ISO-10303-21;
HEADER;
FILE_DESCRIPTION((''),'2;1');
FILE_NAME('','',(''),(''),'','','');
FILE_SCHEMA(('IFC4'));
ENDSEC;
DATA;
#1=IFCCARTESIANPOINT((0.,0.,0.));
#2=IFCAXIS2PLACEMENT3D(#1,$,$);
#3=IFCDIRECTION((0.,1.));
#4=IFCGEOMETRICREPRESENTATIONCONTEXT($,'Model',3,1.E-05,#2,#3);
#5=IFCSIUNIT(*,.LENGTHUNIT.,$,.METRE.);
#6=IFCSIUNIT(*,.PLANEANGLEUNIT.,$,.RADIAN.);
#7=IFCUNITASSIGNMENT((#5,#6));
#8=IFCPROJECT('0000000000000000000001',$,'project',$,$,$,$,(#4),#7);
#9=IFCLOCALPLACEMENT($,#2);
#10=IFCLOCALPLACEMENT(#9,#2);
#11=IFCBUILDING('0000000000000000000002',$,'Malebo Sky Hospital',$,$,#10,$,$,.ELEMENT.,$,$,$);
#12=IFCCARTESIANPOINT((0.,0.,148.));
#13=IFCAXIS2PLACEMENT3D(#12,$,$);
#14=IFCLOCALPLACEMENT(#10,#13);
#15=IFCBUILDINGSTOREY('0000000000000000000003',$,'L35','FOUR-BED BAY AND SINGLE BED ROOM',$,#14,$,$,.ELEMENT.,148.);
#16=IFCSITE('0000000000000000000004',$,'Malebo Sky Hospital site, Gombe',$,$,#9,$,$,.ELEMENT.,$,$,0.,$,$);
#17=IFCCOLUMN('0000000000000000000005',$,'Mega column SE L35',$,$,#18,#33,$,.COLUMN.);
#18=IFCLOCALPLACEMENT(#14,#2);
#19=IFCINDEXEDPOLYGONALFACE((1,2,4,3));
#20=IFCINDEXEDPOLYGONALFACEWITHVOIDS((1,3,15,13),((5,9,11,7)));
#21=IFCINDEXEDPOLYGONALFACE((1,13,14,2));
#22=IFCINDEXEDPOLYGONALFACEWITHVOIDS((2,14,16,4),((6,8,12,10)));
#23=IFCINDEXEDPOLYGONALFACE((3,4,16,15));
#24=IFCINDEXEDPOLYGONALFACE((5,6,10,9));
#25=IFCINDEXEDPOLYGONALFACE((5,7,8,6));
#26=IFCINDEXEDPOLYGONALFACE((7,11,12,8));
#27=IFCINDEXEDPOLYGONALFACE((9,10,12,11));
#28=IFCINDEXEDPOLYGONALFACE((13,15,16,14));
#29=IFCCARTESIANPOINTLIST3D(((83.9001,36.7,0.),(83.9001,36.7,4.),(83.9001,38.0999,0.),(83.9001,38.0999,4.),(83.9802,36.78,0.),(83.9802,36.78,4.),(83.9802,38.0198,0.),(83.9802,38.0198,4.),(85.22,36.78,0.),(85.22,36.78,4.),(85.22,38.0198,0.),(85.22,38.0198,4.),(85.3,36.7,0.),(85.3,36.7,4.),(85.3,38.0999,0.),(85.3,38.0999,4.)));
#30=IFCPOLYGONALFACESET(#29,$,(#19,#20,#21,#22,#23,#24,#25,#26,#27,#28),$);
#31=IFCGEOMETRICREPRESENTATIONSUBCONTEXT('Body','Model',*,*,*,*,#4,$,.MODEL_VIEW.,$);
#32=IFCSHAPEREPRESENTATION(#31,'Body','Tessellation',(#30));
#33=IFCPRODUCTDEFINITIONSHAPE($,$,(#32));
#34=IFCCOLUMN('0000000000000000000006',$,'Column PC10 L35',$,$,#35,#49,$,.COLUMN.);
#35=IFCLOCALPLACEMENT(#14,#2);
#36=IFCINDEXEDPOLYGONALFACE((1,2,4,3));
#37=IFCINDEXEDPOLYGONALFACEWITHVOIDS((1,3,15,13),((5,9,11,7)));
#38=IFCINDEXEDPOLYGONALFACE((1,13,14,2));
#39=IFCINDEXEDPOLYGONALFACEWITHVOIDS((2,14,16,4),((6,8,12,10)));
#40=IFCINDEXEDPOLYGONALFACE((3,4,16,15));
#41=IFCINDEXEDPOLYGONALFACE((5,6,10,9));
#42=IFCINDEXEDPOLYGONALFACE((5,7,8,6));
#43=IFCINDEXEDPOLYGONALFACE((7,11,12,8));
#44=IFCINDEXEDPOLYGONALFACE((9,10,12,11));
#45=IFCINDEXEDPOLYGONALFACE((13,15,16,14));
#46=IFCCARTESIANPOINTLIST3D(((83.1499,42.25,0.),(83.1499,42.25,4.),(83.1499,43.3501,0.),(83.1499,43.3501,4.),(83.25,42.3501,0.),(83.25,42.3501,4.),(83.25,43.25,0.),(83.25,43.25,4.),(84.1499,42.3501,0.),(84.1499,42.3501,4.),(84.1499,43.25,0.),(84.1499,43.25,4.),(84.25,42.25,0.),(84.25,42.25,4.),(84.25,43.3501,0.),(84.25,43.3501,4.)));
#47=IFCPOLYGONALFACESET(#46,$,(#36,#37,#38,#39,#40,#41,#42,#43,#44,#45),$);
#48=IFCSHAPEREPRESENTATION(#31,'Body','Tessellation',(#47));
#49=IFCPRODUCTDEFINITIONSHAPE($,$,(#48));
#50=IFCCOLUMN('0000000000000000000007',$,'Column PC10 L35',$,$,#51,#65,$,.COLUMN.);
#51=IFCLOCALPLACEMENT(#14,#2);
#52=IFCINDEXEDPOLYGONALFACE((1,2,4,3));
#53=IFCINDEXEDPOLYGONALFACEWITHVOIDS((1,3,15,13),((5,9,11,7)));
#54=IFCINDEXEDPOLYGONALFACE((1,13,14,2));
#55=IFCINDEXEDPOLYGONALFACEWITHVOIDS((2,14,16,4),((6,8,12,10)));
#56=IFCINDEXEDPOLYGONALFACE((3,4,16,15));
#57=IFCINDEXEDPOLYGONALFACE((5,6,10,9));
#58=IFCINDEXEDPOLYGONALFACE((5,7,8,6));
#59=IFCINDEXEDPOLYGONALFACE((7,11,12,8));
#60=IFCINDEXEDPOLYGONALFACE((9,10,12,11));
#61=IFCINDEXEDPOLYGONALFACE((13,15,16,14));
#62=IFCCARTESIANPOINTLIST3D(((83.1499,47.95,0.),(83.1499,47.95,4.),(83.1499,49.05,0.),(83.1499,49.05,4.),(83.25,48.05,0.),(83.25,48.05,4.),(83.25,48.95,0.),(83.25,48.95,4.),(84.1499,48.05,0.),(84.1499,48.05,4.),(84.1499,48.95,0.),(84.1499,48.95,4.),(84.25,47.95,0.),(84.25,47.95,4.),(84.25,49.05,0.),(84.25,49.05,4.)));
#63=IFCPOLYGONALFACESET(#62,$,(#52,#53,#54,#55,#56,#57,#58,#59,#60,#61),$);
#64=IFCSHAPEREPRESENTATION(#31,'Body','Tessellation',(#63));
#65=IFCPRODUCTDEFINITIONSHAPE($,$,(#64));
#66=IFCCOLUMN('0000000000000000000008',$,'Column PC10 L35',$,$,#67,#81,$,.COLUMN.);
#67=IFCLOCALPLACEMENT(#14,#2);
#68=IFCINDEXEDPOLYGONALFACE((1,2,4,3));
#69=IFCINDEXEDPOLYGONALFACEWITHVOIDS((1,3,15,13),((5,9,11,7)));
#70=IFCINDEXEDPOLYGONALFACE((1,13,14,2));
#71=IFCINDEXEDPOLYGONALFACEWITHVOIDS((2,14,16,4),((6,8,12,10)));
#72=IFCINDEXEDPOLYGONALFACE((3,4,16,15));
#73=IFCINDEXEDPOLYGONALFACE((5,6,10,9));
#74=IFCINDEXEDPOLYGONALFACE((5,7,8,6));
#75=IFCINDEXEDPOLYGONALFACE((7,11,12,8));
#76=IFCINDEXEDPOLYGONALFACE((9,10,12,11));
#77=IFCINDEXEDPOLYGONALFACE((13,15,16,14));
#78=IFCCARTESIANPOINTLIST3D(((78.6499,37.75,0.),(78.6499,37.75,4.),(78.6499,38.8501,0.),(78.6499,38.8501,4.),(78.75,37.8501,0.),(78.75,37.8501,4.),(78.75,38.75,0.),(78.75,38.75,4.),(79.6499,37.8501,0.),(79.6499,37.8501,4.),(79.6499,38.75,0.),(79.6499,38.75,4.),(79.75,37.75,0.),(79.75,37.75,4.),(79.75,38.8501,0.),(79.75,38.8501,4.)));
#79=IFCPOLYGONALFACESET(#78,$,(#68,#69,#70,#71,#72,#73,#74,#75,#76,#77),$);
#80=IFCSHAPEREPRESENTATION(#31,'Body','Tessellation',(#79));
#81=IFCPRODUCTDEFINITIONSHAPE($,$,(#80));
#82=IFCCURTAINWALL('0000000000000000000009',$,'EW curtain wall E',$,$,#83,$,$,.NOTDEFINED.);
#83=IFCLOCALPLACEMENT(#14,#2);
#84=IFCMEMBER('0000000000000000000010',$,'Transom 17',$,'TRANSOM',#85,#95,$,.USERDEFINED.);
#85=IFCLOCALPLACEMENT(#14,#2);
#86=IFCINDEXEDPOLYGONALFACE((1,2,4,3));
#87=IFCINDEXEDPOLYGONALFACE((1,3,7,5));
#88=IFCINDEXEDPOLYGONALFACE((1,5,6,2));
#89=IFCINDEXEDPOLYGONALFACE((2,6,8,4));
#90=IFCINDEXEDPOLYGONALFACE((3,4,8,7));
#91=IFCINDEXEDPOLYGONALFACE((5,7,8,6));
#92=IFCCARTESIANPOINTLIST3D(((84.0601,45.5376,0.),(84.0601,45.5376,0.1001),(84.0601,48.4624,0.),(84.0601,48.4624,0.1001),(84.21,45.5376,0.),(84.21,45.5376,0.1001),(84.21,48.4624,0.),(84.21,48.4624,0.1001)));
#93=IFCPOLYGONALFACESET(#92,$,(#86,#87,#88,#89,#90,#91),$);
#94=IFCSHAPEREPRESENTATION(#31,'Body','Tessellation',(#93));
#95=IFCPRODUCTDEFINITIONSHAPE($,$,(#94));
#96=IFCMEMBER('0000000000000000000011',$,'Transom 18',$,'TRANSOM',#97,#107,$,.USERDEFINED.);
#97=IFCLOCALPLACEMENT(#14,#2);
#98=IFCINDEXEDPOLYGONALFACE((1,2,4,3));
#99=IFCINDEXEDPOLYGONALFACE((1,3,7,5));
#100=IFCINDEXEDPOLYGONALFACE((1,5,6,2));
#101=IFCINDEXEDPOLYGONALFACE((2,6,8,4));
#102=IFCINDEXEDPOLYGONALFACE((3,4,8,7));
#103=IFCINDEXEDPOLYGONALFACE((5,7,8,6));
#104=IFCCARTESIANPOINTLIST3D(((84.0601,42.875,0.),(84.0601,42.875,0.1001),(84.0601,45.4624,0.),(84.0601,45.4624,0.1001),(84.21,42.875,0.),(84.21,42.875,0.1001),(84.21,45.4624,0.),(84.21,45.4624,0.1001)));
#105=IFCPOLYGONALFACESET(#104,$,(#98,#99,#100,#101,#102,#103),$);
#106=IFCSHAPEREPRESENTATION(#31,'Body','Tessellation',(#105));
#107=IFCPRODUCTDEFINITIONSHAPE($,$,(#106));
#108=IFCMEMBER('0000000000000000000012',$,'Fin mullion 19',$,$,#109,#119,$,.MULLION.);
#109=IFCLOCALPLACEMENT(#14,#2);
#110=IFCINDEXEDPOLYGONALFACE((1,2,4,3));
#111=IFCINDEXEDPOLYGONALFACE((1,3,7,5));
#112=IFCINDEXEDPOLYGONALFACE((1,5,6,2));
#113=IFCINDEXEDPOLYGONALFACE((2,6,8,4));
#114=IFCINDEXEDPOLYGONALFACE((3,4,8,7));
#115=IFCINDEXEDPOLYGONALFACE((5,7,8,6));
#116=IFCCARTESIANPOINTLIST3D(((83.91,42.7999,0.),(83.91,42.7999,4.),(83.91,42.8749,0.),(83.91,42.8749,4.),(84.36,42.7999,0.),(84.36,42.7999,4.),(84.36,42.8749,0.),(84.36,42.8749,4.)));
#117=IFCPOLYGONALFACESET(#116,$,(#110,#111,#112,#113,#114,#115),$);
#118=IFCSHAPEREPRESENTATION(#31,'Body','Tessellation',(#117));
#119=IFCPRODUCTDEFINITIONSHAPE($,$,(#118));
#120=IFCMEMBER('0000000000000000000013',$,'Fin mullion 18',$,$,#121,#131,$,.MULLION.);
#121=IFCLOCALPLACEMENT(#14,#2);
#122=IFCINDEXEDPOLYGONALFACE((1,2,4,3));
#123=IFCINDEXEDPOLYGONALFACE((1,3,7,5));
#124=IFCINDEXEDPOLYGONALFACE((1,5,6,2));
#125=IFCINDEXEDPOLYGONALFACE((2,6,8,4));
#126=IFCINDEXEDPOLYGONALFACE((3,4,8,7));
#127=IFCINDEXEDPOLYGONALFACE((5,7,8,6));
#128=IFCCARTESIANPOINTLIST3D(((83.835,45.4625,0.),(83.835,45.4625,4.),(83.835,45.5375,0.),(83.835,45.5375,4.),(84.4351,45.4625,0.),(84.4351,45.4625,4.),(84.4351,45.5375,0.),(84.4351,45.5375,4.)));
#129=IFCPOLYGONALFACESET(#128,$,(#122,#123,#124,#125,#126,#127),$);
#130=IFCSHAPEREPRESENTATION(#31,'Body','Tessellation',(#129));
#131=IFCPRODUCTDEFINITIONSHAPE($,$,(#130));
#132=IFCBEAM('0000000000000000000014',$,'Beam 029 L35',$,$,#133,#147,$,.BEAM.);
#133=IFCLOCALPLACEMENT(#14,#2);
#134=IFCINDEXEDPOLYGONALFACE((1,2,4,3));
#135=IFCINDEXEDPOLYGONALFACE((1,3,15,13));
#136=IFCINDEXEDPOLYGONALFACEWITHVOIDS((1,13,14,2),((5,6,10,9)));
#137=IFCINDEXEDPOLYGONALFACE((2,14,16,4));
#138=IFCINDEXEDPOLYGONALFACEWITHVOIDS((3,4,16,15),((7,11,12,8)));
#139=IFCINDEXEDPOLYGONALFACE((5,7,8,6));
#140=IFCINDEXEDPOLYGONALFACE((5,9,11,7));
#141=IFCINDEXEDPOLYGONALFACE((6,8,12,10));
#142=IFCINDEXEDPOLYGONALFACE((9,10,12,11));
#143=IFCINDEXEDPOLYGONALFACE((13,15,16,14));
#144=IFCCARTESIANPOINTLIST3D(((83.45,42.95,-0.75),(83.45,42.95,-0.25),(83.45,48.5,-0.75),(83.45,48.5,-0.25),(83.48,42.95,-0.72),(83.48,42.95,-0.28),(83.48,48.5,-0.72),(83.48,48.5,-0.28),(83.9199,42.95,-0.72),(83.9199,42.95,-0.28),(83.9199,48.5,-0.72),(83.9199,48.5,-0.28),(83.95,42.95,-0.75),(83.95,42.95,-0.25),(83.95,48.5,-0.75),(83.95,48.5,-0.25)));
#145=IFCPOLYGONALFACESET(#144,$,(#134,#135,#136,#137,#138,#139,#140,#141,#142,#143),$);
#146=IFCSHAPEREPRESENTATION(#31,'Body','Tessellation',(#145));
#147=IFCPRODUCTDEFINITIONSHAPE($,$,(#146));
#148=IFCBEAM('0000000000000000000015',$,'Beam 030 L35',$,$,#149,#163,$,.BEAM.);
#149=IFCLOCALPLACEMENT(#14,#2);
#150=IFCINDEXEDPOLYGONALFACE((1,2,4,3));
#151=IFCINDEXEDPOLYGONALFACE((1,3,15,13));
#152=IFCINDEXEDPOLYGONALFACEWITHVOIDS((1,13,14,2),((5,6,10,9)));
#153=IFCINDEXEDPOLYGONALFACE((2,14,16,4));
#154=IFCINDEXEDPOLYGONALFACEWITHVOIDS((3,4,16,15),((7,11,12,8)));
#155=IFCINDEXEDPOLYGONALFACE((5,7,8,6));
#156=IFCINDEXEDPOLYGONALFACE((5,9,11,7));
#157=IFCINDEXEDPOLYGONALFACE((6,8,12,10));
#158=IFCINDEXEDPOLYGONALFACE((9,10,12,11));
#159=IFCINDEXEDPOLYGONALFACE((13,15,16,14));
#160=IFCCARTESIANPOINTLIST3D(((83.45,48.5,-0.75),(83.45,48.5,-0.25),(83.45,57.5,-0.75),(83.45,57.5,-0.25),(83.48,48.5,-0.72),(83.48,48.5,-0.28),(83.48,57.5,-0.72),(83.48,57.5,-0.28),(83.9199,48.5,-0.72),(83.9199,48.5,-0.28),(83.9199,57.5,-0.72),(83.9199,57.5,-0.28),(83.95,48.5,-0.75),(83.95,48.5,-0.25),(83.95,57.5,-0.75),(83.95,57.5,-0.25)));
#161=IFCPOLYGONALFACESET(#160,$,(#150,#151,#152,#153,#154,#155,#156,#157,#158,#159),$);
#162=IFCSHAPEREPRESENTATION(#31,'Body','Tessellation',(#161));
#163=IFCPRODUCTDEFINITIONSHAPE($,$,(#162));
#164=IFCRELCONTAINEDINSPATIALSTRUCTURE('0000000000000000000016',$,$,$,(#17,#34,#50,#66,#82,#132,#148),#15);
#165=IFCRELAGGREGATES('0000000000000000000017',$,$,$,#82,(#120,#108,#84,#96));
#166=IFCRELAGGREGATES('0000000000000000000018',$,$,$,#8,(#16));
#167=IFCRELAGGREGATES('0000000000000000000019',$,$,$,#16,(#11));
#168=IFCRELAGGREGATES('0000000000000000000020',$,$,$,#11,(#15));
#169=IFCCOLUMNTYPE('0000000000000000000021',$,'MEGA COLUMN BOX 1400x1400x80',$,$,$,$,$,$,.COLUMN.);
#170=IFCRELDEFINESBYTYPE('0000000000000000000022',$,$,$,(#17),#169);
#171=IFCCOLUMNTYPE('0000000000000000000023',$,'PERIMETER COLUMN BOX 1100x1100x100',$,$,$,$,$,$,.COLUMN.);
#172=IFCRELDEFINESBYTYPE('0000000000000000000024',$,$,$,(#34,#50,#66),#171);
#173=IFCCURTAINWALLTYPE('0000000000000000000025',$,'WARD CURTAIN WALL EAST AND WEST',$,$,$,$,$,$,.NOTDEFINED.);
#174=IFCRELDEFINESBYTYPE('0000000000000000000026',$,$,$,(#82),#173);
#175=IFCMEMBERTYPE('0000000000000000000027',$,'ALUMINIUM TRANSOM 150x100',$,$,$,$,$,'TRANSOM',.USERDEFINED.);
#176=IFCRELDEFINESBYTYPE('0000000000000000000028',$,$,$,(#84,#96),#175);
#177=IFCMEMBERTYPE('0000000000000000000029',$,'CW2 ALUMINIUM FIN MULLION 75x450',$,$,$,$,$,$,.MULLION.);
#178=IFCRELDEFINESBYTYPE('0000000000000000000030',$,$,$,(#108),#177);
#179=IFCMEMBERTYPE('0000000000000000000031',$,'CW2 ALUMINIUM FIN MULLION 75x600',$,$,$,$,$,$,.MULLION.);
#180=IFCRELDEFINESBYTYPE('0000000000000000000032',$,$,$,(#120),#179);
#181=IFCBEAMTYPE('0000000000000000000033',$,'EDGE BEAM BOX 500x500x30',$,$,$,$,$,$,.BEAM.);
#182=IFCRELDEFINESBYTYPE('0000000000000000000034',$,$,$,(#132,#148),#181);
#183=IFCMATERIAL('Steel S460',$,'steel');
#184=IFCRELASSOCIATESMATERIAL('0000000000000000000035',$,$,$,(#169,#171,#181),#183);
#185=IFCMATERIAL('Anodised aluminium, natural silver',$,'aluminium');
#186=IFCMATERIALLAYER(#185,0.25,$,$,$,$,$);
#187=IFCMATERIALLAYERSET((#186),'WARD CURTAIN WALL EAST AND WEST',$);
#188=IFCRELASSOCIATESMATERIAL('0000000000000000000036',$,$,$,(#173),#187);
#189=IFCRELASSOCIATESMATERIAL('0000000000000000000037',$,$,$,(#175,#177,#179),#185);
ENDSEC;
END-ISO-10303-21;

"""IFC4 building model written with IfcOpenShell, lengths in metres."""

from ifc_helpers import new_model, si_unit, direction, frame, origin, origin_2d, place, context, subcontext, project, spatial, rectangle, hollow_rectangle, extrude, material, layer, layer_set, material_profile, profile_set, type_object, element, aggregate, save


model = new_model("IFC4")

# Units and contexts
model_context = context("Model", 3, precision=1e-05, world=origin(), true_north=direction((0.0, 1.0)))
body_context = subcontext(model_context, "Body", "Model", "MODEL_VIEW")
ifc_project = project(units=[si_unit("LENGTHUNIT", "METRE"), si_unit("PLANEANGLEUNIT", "RADIAN")], contexts=[model_context])

# Site, building, storey
site_placement = place(None, origin())
site = spatial("IfcSite", under=ifc_project, at=site_placement, Name="Malebo Sky Hospital site, Gombe", CompositionType="ELEMENT", RefElevation=0.0)
building_placement = place(site_placement, origin())
building = spatial("IfcBuilding", under=site, at=building_placement, Name="Malebo Sky Hospital", CompositionType="ELEMENT")
storey_placement = place(building_placement, frame((0.0, 0.0, 148.0)))
storey = spatial("IfcBuildingStorey", under=building, at=storey_placement, Name="L35", Description="FOUR-BED BAY AND SINGLE BED ROOM", CompositionType="ELEMENT", Elevation=148.0)

# Columns
ifc_material_1 = material(Name="Steel S460", Category="steel")
ifc_material_profile_1 = material_profile(ifc_material_1, hollow_rectangle(XDim=1.3999, YDim=1.3999, WallThickness=0.0801, at=origin_2d()), Name="BOX 1400x1400x80")
ifc_profile_set_1 = profile_set([ifc_material_profile_1], Name="Steel S460")
column_type_1 = type_object("IfcColumnType", Name="MEGA COLUMN BOX 1400x1400x80", PredefinedType="COLUMN", material=ifc_profile_set_1)
column_placement = place(storey_placement, frame((84.6001, 37.3999, 0.0), z_axis=(0.0, 0.0, 1.0), x_axis=(1.0, 0.0, 0.0)))
element("IfcColumn", 1, at=column_placement, inside=storey, type_object=column_type_1, Name="Mega column SE L35", PredefinedType="COLUMN", context=body_context, shape_type="SweptSolid", body=[
    extrude(hollow_rectangle(XDim=1.3999, YDim=1.3999, WallThickness=0.0801, at=origin_2d()), origin(), (0.0, 0.0, 1.0), 4.0),
])
ifc_material_profile_2 = material_profile(ifc_material_1, hollow_rectangle(XDim=1.1001, YDim=1.1001, WallThickness=0.1001, at=origin_2d()), Name="BOX 1100x1100x100")
ifc_profile_set_2 = profile_set([ifc_material_profile_2], Name="Steel S460")
column_type_2 = type_object("IfcColumnType", Name="PERIMETER COLUMN BOX 1100x1100x100", PredefinedType="COLUMN", material=ifc_profile_set_2)
for number, where, z_axis, x_axis, name in (
    (2, (83.7, 42.8, 0.0), (0.0, 0.0, 1.0), (1.0, 0.0, 0.0), "Column PC10 L35"),
    (3, (83.7, 48.5, 0.0), (0.0, 0.0, 1.0), (1.0, 0.0, 0.0), "Column PC10 L35"),
    (4, (79.2, 38.3, 0.0), (0.0, 0.0, 1.0), (1.0, 0.0, 0.0), "Column PC10 L35"),
):
    element("IfcColumn", number, at=place(storey_placement, frame(where, z_axis=z_axis, x_axis=x_axis)), inside=storey, type_object=column_type_2, Name=name, PredefinedType="COLUMN", context=body_context, shape_type="SweptSolid", body=[
        extrude(hollow_rectangle(XDim=1.1001, YDim=1.1001, WallThickness=0.1001, at=origin_2d()), origin(), (0.0, 0.0, 1.0), 4.0),
    ])

# Curtain wall, members
ifc_material_2 = material(Name="Anodised aluminium, natural silver", Category="aluminium")
ifc_layer_1 = layer(ifc_material_2, 0.25)
ifc_layer_set_1 = layer_set([ifc_layer_1], Name="WARD CURTAIN WALL EAST AND WEST")
curtain_wall_type = type_object("IfcCurtainWallType", Name="WARD CURTAIN WALL EAST AND WEST", PredefinedType="NOTDEFINED", material=ifc_layer_set_1)
curtain_wall_placement = place(storey_placement, origin())
curtain_wall = element("IfcCurtainWall", 5, at=curtain_wall_placement, inside=storey, type_object=curtain_wall_type, Name="EW curtain wall E", PredefinedType="NOTDEFINED")
ifc_material_profile_3 = material_profile(ifc_material_2, rectangle(XDim=0.1499, YDim=0.1001, at=origin_2d()), Name="ALUMINIUM TRANSOM 150x100")
ifc_profile_set_3 = profile_set([ifc_material_profile_3], Name="Anodised aluminium, natural silver")
member_type_1 = type_object("IfcMemberType", Name="ALUMINIUM TRANSOM 150x100", ElementType="TRANSOM", PredefinedType="USERDEFINED", material=ifc_profile_set_3)
member_1_placement = place(storey_placement, frame((84.135, 48.4624, 0.05), z_axis=(0.0, -1.0, 0.0), x_axis=(1.0, 0.0, 0.0)))
member_1 = element("IfcMember", 6, at=member_1_placement, type_object=member_type_1, Name="Transom 17", ObjectType="TRANSOM", PredefinedType="USERDEFINED", context=body_context, shape_type="SweptSolid", body=[
    extrude(rectangle(XDim=0.1499, YDim=0.1001, at=origin_2d()), origin(), (0.0, 0.0, 1.0), 2.9248),
])
member_2_placement = place(storey_placement, frame((84.135, 45.4624, 0.05), z_axis=(0.0, -1.0, 0.0), x_axis=(1.0, 0.0, 0.0)))
member_2 = element("IfcMember", 7, at=member_2_placement, type_object=member_type_1, Name="Transom 18", ObjectType="TRANSOM", PredefinedType="USERDEFINED", context=body_context, shape_type="SweptSolid", body=[
    extrude(rectangle(XDim=0.1499, YDim=0.1001, at=origin_2d()), origin(), (0.0, 0.0, 1.0), 2.5874),
])
ifc_material_profile_4 = material_profile(ifc_material_2, rectangle(XDim=0.075, YDim=0.45, at=origin_2d()), Name="CW2 ALUMINIUM FIN MULLION 75x450")
ifc_profile_set_4 = profile_set([ifc_material_profile_4], Name="Anodised aluminium, natural silver")
member_type_2 = type_object("IfcMemberType", Name="CW2 ALUMINIUM FIN MULLION 75x450", PredefinedType="MULLION", material=ifc_profile_set_4)
member_3_placement = place(storey_placement, frame((84.135, 42.8374, 0.0), z_axis=(0.0, 0.0, 1.0), x_axis=(0.0, -1.0, 0.0)))
member_3 = element("IfcMember", 8, at=member_3_placement, type_object=member_type_2, Name="Fin mullion 19", PredefinedType="MULLION", context=body_context, shape_type="SweptSolid", body=[
    extrude(rectangle(XDim=0.075, YDim=0.45, at=origin_2d()), origin(), (0.0, 0.0, 1.0), 4.0),
])
ifc_material_profile_5 = material_profile(ifc_material_2, rectangle(XDim=0.075, YDim=0.6001, at=origin_2d()), Name="CW2 ALUMINIUM FIN MULLION 75x600")
ifc_profile_set_5 = profile_set([ifc_material_profile_5], Name="Anodised aluminium, natural silver")
member_type_3 = type_object("IfcMemberType", Name="CW2 ALUMINIUM FIN MULLION 75x600", PredefinedType="MULLION", material=ifc_profile_set_5)
member_4_placement = place(storey_placement, frame((84.135, 45.5, 0.0), z_axis=(0.0, 0.0, 1.0), x_axis=(0.0, -1.0, 0.0)))
member_4 = element("IfcMember", 9, at=member_4_placement, type_object=member_type_3, Name="Fin mullion 18", PredefinedType="MULLION", context=body_context, shape_type="SweptSolid", body=[
    extrude(rectangle(XDim=0.075, YDim=0.6001, at=origin_2d()), origin(), (0.0, 0.0, 1.0), 4.0),
])

# Beams
ifc_material_profile_6 = material_profile(ifc_material_1, hollow_rectangle(XDim=0.5, YDim=0.5, WallThickness=0.03, at=origin_2d()), Name="BOX 500x500x30")
ifc_profile_set_6 = profile_set([ifc_material_profile_6], Name="Steel S460")
beam_type_1 = type_object("IfcBeamType", Name="EDGE BEAM BOX 500x500x30", PredefinedType="BEAM", material=ifc_profile_set_6)
beam_1_placement = place(storey_placement, frame((83.7, 42.95, -0.5), z_axis=(0.0, 1.0, 0.0), x_axis=(-1.0, 0.0, 0.0)))
element("IfcBeam", 10, at=beam_1_placement, inside=storey, type_object=beam_type_1, Name="Beam 029 L35", PredefinedType="BEAM", context=body_context, shape_type="SweptSolid", body=[
    extrude(hollow_rectangle(XDim=0.5, YDim=0.5, WallThickness=0.03, at=origin_2d()), origin(), (0.0, 0.0, 1.0), 5.55),
])
beam_2_placement = place(storey_placement, frame((83.7, 48.5, -0.5), z_axis=(0.0, 1.0, 0.0), x_axis=(-1.0, 0.0, 0.0)))
element("IfcBeam", 11, at=beam_2_placement, inside=storey, type_object=beam_type_1, Name="Beam 030 L35", PredefinedType="BEAM", context=body_context, shape_type="SweptSolid", body=[
    extrude(hollow_rectangle(XDim=0.5, YDim=0.5, WallThickness=0.03, at=origin_2d()), origin(), (0.0, 0.0, 1.0), 9.0),
])

aggregate(curtain_wall, [member_4, member_3, member_1, member_2])

save(model, "model.ifc")
